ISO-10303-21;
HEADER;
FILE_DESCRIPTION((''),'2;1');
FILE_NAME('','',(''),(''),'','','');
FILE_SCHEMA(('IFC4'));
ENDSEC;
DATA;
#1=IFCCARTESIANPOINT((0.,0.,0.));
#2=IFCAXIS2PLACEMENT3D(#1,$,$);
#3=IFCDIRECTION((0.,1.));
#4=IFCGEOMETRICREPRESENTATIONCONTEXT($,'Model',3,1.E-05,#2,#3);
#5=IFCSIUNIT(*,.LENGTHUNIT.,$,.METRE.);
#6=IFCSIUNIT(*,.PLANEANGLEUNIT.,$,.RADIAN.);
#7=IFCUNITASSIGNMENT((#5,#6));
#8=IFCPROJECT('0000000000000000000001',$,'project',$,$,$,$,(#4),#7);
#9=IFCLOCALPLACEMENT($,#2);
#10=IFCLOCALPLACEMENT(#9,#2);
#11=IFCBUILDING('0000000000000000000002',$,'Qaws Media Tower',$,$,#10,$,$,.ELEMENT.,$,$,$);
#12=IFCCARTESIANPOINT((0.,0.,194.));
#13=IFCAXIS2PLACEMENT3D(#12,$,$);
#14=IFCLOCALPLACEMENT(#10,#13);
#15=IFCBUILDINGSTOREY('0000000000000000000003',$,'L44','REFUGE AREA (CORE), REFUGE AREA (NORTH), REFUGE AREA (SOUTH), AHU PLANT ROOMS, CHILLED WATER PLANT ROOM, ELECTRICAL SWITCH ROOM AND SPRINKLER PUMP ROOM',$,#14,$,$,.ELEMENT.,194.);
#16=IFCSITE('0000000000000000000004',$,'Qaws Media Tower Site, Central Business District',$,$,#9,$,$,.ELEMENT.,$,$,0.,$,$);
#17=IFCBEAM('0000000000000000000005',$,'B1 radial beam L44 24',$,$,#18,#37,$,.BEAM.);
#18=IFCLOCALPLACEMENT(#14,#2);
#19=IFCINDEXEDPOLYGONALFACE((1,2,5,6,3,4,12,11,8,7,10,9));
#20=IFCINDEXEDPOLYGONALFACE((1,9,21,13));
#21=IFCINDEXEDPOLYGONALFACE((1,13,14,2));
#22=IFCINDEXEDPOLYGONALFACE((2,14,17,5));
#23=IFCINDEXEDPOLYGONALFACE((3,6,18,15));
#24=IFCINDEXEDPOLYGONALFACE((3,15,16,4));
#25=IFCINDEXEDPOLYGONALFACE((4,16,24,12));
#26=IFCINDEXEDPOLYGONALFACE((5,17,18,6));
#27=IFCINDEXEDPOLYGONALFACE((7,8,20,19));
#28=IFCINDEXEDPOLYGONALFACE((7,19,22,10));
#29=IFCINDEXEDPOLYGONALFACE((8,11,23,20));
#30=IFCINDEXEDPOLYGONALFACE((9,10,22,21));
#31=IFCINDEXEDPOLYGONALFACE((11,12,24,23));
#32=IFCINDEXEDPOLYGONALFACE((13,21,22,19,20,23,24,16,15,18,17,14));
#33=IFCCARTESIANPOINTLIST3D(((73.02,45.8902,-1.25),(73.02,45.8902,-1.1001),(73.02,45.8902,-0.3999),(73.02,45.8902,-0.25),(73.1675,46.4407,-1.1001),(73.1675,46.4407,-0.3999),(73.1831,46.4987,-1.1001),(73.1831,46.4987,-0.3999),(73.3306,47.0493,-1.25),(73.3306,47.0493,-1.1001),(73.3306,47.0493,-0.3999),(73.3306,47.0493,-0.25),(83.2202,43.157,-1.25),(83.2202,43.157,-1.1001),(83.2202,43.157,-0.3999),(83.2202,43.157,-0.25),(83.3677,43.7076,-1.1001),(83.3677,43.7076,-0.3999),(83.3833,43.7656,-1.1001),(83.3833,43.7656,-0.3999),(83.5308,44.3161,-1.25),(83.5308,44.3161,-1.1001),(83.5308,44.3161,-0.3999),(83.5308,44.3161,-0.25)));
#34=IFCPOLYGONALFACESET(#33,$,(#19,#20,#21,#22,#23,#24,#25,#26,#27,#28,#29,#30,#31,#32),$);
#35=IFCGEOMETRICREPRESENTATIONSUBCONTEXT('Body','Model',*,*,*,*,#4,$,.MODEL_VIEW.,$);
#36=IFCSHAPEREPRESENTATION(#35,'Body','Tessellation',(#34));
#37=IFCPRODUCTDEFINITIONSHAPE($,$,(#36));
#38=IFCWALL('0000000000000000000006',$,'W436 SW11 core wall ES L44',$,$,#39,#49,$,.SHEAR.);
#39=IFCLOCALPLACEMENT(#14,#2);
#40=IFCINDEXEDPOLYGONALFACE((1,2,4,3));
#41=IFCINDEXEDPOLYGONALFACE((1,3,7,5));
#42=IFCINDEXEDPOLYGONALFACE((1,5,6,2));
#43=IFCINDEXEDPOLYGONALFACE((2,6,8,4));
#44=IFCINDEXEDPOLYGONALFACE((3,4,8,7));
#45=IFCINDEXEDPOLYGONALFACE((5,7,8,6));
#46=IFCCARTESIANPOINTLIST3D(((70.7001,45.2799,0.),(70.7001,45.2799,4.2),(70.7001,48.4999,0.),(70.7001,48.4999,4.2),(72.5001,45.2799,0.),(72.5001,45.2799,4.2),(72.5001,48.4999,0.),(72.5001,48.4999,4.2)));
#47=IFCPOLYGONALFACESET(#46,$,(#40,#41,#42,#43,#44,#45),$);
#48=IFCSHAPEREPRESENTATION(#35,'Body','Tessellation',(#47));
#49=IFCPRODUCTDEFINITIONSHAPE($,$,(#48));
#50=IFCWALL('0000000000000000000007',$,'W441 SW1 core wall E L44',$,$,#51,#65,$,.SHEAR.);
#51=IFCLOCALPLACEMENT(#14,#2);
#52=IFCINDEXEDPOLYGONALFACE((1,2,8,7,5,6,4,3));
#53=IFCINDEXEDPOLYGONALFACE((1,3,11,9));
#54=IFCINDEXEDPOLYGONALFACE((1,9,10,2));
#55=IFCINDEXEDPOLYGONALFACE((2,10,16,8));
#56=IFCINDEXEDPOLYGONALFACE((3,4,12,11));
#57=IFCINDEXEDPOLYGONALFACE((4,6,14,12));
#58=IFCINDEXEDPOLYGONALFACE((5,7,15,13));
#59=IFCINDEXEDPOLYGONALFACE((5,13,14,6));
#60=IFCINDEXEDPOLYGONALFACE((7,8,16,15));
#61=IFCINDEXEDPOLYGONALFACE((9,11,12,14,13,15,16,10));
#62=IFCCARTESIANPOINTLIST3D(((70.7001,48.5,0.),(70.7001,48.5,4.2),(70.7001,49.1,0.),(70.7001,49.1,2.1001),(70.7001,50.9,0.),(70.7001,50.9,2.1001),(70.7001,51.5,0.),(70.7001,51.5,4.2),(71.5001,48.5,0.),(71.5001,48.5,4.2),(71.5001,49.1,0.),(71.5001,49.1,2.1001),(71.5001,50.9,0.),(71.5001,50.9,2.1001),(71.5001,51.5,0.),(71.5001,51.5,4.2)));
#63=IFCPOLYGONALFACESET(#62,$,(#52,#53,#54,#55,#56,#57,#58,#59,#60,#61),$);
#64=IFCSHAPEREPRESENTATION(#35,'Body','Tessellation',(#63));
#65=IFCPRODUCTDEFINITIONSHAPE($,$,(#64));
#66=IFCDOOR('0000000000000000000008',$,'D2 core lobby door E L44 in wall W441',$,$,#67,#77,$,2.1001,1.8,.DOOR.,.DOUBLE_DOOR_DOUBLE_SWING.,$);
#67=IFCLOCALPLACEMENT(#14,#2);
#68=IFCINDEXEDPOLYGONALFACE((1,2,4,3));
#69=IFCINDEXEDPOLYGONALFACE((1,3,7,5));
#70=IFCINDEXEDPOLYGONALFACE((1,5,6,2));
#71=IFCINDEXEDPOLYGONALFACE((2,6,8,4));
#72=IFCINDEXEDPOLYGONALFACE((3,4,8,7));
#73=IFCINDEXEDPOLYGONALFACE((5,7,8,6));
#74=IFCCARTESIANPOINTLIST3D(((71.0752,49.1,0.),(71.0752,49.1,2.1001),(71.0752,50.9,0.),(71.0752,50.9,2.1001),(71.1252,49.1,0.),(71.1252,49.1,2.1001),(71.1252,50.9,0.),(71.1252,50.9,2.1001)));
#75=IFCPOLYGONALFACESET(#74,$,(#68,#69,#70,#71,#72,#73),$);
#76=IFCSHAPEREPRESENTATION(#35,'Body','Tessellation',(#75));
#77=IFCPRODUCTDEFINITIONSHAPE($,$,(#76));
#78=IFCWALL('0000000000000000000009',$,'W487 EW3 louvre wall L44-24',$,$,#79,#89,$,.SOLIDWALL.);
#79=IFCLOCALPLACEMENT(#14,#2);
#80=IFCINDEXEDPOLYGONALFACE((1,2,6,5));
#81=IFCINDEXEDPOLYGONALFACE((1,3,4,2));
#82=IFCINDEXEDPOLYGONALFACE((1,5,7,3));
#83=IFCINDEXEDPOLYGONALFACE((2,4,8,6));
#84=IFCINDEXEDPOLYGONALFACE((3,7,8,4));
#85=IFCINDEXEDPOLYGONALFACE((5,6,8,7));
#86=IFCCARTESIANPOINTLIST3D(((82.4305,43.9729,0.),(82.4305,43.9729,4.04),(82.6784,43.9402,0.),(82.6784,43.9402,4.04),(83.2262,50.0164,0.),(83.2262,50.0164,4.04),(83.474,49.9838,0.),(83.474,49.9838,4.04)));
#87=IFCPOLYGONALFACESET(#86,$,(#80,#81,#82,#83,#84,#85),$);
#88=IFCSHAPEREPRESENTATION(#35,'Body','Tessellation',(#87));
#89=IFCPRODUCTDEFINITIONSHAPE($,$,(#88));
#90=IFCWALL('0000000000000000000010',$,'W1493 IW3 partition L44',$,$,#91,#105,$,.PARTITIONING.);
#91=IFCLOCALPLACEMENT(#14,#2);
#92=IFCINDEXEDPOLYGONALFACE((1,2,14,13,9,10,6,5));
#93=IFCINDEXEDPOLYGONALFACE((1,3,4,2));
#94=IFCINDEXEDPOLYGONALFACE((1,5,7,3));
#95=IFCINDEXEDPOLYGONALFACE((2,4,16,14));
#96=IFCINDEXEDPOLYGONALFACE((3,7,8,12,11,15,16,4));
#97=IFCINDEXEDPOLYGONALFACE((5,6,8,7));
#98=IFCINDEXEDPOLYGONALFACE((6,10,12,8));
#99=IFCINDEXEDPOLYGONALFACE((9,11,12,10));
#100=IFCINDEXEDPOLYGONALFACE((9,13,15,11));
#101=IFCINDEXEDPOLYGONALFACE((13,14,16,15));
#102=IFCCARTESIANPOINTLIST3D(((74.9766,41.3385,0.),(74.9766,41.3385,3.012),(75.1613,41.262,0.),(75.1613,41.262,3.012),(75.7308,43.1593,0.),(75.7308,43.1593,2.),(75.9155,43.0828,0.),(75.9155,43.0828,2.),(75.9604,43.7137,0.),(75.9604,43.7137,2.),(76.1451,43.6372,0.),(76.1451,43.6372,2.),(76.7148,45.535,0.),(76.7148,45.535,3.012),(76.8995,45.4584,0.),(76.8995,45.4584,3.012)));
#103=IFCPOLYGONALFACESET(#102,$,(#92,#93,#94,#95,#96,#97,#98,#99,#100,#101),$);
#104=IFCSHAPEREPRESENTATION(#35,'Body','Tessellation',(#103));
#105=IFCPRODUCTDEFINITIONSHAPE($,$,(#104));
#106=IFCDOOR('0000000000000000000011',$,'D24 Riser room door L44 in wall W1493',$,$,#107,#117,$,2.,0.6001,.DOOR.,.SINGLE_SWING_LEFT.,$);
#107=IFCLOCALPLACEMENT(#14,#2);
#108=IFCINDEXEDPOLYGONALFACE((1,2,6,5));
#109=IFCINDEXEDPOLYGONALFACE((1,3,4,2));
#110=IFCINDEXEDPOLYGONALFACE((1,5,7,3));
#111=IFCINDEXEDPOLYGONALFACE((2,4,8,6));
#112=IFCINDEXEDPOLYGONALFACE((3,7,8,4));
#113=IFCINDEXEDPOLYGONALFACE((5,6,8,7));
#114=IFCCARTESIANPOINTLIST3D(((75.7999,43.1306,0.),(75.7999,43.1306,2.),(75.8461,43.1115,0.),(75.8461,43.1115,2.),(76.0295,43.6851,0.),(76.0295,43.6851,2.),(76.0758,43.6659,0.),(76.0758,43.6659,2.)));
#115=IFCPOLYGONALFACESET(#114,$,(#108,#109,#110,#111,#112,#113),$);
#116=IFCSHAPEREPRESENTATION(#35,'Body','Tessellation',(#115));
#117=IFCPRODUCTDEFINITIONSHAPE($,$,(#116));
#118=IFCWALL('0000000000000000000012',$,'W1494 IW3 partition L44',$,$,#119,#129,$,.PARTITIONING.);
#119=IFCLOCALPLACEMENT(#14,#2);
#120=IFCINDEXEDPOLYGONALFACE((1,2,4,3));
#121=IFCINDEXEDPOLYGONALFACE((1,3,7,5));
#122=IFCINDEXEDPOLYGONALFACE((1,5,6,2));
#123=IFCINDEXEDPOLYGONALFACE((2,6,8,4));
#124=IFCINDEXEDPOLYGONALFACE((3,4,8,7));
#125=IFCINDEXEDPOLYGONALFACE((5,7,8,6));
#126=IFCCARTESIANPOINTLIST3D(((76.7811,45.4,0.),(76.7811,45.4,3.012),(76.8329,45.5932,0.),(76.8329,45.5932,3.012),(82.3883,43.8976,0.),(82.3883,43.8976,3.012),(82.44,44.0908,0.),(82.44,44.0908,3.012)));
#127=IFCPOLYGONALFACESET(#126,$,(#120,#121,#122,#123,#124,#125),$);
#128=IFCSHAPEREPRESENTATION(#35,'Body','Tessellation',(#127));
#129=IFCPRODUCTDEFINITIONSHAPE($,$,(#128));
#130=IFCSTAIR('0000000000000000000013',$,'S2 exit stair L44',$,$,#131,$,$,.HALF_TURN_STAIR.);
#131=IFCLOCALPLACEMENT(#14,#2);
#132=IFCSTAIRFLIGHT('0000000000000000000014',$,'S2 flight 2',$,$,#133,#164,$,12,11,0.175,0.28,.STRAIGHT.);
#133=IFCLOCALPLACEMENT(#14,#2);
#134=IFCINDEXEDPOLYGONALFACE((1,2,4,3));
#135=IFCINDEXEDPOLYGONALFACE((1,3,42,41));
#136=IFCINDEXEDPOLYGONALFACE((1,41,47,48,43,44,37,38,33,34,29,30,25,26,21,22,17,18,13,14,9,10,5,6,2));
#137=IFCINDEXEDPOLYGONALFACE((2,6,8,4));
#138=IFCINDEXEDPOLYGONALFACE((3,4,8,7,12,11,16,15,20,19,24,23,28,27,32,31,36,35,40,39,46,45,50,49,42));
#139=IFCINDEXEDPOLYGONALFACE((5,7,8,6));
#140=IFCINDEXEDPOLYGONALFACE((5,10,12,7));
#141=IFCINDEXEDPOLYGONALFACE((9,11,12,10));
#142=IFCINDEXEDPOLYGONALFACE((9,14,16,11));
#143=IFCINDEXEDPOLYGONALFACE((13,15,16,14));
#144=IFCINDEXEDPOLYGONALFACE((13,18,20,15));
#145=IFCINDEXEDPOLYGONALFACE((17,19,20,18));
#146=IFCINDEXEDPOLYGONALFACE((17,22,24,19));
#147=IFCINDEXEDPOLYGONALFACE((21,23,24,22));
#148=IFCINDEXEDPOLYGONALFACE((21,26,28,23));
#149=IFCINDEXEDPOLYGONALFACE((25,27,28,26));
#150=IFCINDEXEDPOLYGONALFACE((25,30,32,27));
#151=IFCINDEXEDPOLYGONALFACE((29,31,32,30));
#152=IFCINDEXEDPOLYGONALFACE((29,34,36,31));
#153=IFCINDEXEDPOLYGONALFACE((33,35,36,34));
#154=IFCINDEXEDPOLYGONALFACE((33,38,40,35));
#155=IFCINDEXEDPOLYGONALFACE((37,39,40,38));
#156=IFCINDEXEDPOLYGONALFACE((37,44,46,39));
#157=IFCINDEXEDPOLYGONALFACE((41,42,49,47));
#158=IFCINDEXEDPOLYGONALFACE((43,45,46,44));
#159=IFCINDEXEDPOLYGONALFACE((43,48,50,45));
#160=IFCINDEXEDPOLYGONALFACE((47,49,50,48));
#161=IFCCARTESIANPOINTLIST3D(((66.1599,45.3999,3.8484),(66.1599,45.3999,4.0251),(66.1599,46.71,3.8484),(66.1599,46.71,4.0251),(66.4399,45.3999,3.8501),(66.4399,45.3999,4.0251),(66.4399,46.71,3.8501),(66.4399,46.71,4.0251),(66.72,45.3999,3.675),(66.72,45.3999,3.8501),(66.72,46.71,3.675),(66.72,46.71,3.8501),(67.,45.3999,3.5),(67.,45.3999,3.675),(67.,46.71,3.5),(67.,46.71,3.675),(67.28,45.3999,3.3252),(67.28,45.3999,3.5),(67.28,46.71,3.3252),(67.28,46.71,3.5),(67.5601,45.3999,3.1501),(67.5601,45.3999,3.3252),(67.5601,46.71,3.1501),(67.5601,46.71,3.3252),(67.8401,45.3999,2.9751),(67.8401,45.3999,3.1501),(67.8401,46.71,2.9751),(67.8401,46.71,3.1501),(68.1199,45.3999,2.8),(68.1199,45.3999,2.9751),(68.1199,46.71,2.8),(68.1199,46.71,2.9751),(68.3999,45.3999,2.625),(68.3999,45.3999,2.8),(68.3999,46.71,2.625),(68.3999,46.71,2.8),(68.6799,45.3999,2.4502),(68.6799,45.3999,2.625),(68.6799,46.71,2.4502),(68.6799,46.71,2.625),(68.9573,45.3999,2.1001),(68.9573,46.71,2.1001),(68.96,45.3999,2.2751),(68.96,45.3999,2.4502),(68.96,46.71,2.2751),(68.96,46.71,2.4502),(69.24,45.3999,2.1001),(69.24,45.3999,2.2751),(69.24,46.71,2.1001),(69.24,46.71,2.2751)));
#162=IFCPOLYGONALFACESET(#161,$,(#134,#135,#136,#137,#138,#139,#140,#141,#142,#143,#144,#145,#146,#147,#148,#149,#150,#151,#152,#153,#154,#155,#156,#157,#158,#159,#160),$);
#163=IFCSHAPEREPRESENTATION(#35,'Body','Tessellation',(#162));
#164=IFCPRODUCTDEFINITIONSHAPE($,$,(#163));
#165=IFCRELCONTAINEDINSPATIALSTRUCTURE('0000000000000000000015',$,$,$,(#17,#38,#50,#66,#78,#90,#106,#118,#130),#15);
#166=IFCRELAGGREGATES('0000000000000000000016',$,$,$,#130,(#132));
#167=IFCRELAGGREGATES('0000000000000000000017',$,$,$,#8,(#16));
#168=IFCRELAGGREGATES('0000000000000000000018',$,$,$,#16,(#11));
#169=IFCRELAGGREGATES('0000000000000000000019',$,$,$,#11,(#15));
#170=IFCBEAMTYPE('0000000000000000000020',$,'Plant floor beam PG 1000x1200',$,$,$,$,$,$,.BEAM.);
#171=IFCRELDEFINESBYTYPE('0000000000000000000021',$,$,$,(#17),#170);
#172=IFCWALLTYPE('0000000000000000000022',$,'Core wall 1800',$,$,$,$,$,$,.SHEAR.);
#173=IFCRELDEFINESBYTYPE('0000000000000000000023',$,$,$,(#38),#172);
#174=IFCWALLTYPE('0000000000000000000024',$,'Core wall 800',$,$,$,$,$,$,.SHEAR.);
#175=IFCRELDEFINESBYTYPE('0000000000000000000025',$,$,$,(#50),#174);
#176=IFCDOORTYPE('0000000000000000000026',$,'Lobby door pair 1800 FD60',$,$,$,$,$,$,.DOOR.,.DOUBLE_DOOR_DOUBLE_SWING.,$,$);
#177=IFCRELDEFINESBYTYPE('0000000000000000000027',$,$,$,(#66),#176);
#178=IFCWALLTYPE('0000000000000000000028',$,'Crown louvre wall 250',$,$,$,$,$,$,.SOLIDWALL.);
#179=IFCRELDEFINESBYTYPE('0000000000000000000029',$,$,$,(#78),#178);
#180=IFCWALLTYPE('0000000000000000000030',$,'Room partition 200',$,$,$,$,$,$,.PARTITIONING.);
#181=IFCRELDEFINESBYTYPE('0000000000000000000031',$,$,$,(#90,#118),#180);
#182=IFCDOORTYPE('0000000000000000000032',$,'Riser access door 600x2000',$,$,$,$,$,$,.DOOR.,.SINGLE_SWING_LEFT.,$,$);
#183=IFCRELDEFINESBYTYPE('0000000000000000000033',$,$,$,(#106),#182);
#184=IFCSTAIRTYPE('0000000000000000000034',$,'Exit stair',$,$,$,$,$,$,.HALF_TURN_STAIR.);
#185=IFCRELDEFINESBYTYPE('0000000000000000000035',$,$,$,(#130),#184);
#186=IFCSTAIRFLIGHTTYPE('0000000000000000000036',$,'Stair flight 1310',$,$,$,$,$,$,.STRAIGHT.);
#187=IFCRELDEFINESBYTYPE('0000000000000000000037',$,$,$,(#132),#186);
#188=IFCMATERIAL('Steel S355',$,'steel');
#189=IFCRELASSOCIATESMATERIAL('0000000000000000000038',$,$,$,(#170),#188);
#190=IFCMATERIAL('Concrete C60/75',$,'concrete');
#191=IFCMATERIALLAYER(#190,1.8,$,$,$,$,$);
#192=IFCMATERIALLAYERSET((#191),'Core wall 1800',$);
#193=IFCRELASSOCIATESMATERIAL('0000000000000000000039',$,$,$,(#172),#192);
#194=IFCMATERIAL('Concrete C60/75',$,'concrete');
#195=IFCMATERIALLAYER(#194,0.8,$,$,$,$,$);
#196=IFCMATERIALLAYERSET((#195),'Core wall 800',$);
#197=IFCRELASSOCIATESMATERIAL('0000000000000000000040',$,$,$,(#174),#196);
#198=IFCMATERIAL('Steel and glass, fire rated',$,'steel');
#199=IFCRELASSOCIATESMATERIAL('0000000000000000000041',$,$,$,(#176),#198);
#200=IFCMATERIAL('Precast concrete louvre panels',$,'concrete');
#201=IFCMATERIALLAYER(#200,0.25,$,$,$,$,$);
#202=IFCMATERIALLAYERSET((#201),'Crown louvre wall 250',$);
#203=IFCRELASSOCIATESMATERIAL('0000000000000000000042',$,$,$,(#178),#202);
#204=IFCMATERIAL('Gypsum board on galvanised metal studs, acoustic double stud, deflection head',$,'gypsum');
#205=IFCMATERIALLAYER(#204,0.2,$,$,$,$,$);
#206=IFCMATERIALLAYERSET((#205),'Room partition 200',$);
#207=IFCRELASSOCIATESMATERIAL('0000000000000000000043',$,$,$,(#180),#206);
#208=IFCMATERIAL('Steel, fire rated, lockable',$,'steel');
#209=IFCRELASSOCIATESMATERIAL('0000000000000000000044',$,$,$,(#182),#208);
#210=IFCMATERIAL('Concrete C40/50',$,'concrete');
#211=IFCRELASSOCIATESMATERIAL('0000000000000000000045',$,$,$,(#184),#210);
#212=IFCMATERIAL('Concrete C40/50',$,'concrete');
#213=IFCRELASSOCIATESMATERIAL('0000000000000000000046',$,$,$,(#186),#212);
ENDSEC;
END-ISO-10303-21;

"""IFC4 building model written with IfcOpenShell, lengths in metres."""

from ifc_helpers import new_model, si_unit, direction, frame, frame_2d, origin, origin_2d, place, context, subcontext, project, spatial, polyline, rectangle, i_section, outline, extrude, material, layer, layer_set, material_profile, profile_set, type_object, element, fill, aggregate, save


model = new_model("IFC4")

# Units and contexts
model_context = context("Model", 3, precision=1e-05, world=origin(), true_north=direction((0.0, 1.0)))
body_context = subcontext(model_context, "Body", "Model", "MODEL_VIEW")
ifc_project = project(units=[si_unit("LENGTHUNIT", "METRE"), si_unit("PLANEANGLEUNIT", "RADIAN")], contexts=[model_context])

# Site, building, storey
site_placement = place(None, origin())
site = spatial("IfcSite", under=ifc_project, at=site_placement, Name="Qaws Media Tower Site, Central Business District", CompositionType="ELEMENT", RefElevation=0.0)
building_placement = place(site_placement, origin())
building = spatial("IfcBuilding", under=site, at=building_placement, Name="Qaws Media Tower", CompositionType="ELEMENT")
storey_placement = place(building_placement, frame((0.0, 0.0, 194.0)))
storey = spatial("IfcBuildingStorey", under=building, at=storey_placement, Name="L44", Description="REFUGE AREA (CORE), REFUGE AREA (NORTH), REFUGE AREA (SOUTH), AHU PLANT ROOMS, CHILLED WATER PLANT ROOM, ELECTRICAL SWITCH ROOM AND SPRINKLER PUMP ROOM", CompositionType="ELEMENT", Elevation=194.0)

# Beam
ifc_material_1 = material(Name="Steel S355", Category="steel")
ifc_material_profile_1 = material_profile(ifc_material_1, i_section(OverallWidth=1.2, OverallDepth=1.0, WebThickness=0.0601, FlangeThickness=0.1499, at=origin_2d()), Name="PG 1000x1200")
ifc_profile_set_1 = profile_set([ifc_material_profile_1], Name="Steel S355")
beam_type_1 = type_object("IfcBeamType", Name="Plant floor beam PG 1000x1200", PredefinedType="BEAM", material=ifc_profile_set_1)
beam_1_placement = place(storey_placement, frame((73.1753, 46.4697, -0.75), z_axis=(0.965925, -0.258821, 0.0), x_axis=(0.258821, 0.965925, 0.0)))
element("IfcBeam", 1, at=beam_1_placement, inside=storey, type_object=beam_type_1, Name="B1 radial beam L44 24", PredefinedType="BEAM", context=body_context, shape_type="SweptSolid", body=[
    extrude(i_section(OverallWidth=1.2, OverallDepth=1.0, WebThickness=0.0601, FlangeThickness=0.1499, at=origin_2d()), origin(), (0.0, 0.0, 1.0), 10.5601),
])

# Wall
ifc_material_2 = material(Name="Concrete C60/75", Category="concrete")
ifc_layer_1 = layer(ifc_material_2, 1.8)
ifc_layer_set_1 = layer_set([ifc_layer_1], Name="Core wall 1800")
wall_type_1 = type_object("IfcWallType", Name="Core wall 1800", PredefinedType="SHEAR", material=ifc_layer_set_1)
wall_1_placement = place(storey_placement, frame((71.6001, 45.28, 0.0), z_axis=(0.0, 0.0, 1.0), x_axis=(0.0, 1.0, 0.0)))
element("IfcWall", 2, at=wall_1_placement, inside=storey, type_object=wall_type_1, Name="W436 SW11 core wall ES L44", PredefinedType="SHEAR", context=body_context, shape_type="SweptSolid", body=[
    extrude(rectangle(XDim=3.22, YDim=1.8, at=frame_2d((1.6099, 0.0))), origin(), (0.0, 0.0, 1.0), 4.2),
])

# Wall, opening, door
ifc_material_3 = material(Name="Concrete C60/75", Category="concrete")
ifc_layer_2 = layer(ifc_material_3, 0.8)
ifc_layer_set_2 = layer_set([ifc_layer_2], Name="Core wall 800")
wall_type_2 = type_object("IfcWallType", Name="Core wall 800", PredefinedType="SHEAR", material=ifc_layer_set_2)
wall_2_placement = place(storey_placement, frame((71.1001, 48.5, 0.0), z_axis=(0.0, 0.0, 1.0), x_axis=(0.0, 1.0, 0.0)))
wall_2 = element("IfcWall", 3, at=wall_2_placement, inside=storey, type_object=wall_type_2, Name="W441 SW1 core wall E L44", PredefinedType="SHEAR", context=body_context, shape_type="SweptSolid", body=[
    extrude(rectangle(XDim=3.0, YDim=0.8, at=frame_2d((1.5, 0.0))), origin(), (0.0, 0.0, 1.0), 4.2),
])
opening_1_placement = place(wall_2_placement, frame((0.6001, 0.0, 0.0)))
opening_1 = element("IfcOpeningElement", 4, at=opening_1_placement, cuts=wall_2, PredefinedType="OPENING", context=body_context, shape_type="SweptSolid", body=[
    extrude(rectangle(XDim=1.8, YDim=2.1001, at=frame_2d((0.8999, 1.05))), frame((0.0, 0.4099, 0.0), z_axis=(0.0, -1.0, 0.0), x_axis=(1.0, 0.0, 0.0)), (0.0, 0.0, 1.0), 0.8201),
])
ifc_material_4 = material(Name="Steel and glass, fire rated", Category="steel")
door_type_1 = type_object("IfcDoorType", Name="Lobby door pair 1800 FD60", OperationType="DOUBLE_DOOR_DOUBLE_SWING", PredefinedType="DOOR", material=ifc_material_4)
door_1_placement = place(opening_1_placement, origin())
door_1 = element("IfcDoor", 5, at=door_1_placement, inside=storey, type_object=door_type_1, Name="D2 core lobby door E L44 in wall W441", OperationType="DOUBLE_DOOR_DOUBLE_SWING", OverallHeight=2.1001, OverallWidth=1.8, PredefinedType="DOOR", context=body_context, shape_type="SweptSolid", body=[
    extrude(rectangle(XDim=1.8, YDim=2.1001, at=frame_2d((0.8999, 1.05))), frame((0.0, 0.0249, 0.0), z_axis=(0.0, -1.0, 0.0), x_axis=(1.0, 0.0, 0.0)), (0.0, 0.0, 1.0), 0.05),
])
fill(opening_1, door_1)

# Wall
ifc_material_5 = material(Name="Precast concrete louvre panels", Category="concrete")
ifc_layer_3 = layer(ifc_material_5, 0.25)
ifc_layer_set_3 = layer_set([ifc_layer_3], Name="Crown louvre wall 250")
wall_type_3 = type_object("IfcWallType", Name="Crown louvre wall 250", PredefinedType="SOLIDWALL", material=ifc_layer_set_3)
wall_3_placement = place(storey_placement, frame((82.5544, 43.9565, 0.0), z_axis=(0.0, 0.0, 1.0), x_axis=(0.130529, 0.991444, 0.0)))
element("IfcWall", 6, at=wall_3_placement, inside=storey, type_object=wall_type_3, Name="W487 EW3 louvre wall L44-24", PredefinedType="SOLIDWALL", context=body_context, shape_type="SweptSolid", body=[
    extrude(rectangle(XDim=6.0957, YDim=0.25, at=frame_2d((3.0479, 0.0))), origin(), (0.0, 0.0, 1.0), 4.04),
])

# Wall, opening, door
ifc_material_6 = material(Name="Gypsum board on galvanised metal studs, acoustic double stud, deflection head", Category="gypsum")
ifc_layer_4 = layer(ifc_material_6, 0.2)
ifc_layer_set_4 = layer_set([ifc_layer_4], Name="Room partition 200")
wall_type_4 = type_object("IfcWallType", Name="Room partition 200", PredefinedType="PARTITIONING", material=ifc_layer_set_4)
wall_4_placement = place(storey_placement, frame((76.8071, 45.4966, 0.0), z_axis=(0.0, 0.0, 1.0), x_axis=(-0.382687, -0.923878, 0.0)))
wall_4 = element("IfcWall", 7, at=wall_4_placement, inside=storey, type_object=wall_type_4, Name="W1493 IW3 partition L44", PredefinedType="PARTITIONING", context=body_context, shape_type="SweptSolid", body=[
    extrude(rectangle(XDim=4.5422, YDim=0.2, at=frame_2d((2.271, 0.0))), origin(), (0.0, 0.0, 1.0), 3.012),
])
opening_2_placement = place(wall_4_placement, frame((1.9712, 0.0, 0.0)))
opening_2 = element("IfcOpeningElement", 8, at=opening_2_placement, cuts=wall_4, PredefinedType="OPENING", context=body_context, shape_type="SweptSolid", body=[
    extrude(rectangle(XDim=0.6001, YDim=2.0, at=frame_2d((0.3, 1.0))), frame((0.0, 0.1099, 0.0), z_axis=(0.0, -1.0, 0.0), x_axis=(1.0, 0.0, 0.0)), (0.0, 0.0, 1.0), 0.22),
])
ifc_material_7 = material(Name="Steel, fire rated, lockable", Category="steel")
door_type_2 = type_object("IfcDoorType", Name="Riser access door 600x2000", OperationType="SINGLE_SWING_LEFT", PredefinedType="DOOR", material=ifc_material_7)
door_2_placement = place(opening_2_placement, origin())
door_2 = element("IfcDoor", 9, at=door_2_placement, inside=storey, type_object=door_type_2, Name="D24 Riser room door L44 in wall W1493", OperationType="SINGLE_SWING_LEFT", OverallHeight=2.0, OverallWidth=0.6001, PredefinedType="DOOR", context=body_context, shape_type="SweptSolid", body=[
    extrude(rectangle(XDim=0.6001, YDim=2.0, at=frame_2d((0.3, 1.0))), frame((0.0, 0.0249, 0.0), z_axis=(0.0, -1.0, 0.0), x_axis=(1.0, 0.0, 0.0)), (0.0, 0.0, 1.0), 0.05),
])
fill(opening_2, door_2)

# Wall
wall_5_placement = place(storey_placement, frame((76.8071, 45.4966, 0.0), z_axis=(0.0, 0.0, 1.0), x_axis=(0.965926, -0.258819, 0.0)))
element("IfcWall", 10, at=wall_5_placement, inside=storey, type_object=wall_type_4, Name="W1494 IW3 partition L44", PredefinedType="PARTITIONING", context=body_context, shape_type="SweptSolid", body=[
    extrude(rectangle(XDim=5.8049, YDim=0.2, at=frame_2d((2.9023, 0.0))), origin(), (0.0, 0.0, 1.0), 3.012),
])

# Stair, stair flight
ifc_material_8 = material(Name="Concrete C40/50", Category="concrete")
stair_type = type_object("IfcStairType", Name="Exit stair", PredefinedType="HALF_TURN_STAIR", material=ifc_material_8)
stair_placement = place(storey_placement, origin())
stair = element("IfcStair", 11, at=stair_placement, inside=storey, type_object=stair_type, Name="S2 exit stair L44", PredefinedType="HALF_TURN_STAIR")
ifc_material_9 = material(Name="Concrete C40/50", Category="concrete")
stair_flight_type = type_object("IfcStairFlightType", Name="Stair flight 1310", PredefinedType="STRAIGHT", material=ifc_material_9)
stair_flight_placement = place(storey_placement, frame((69.24, 46.0549, 2.1001), z_axis=(0.0, 0.0, 1.0), x_axis=(-1.0, 0.0, 0.0)))
stair_flight = element("IfcStairFlight", 12, at=stair_flight_placement, type_object=stair_flight_type, Name="S2 flight 2", NumberOfRisers=12, NumberOfTreads=11, PredefinedType="STRAIGHT", RiserHeight=0.175, TreadLength=0.28, context=body_context, shape_type="SweptSolid", body=[
    extrude(outline(polyline([(0.0, 0.0), (0.0, 0.175), (0.28, 0.175), (0.28, 0.3501), (0.5601, 0.3501), (0.5601, 0.5249), (0.8401, 0.5249), (0.8401, 0.7), (1.1201, 0.7), (1.1201, 0.875), (1.3999, 0.875), (1.3999, 1.05), (1.6799, 1.05), (1.6799, 1.2251), (1.96, 1.2251), (1.96, 1.3999), (2.24, 1.3999), (2.24, 1.575), (2.52, 1.575), (2.52, 1.75), (2.8, 1.75), (2.8, 1.925), (3.0801, 1.925), (3.0801, 2.1001), (3.0801, 1.7483), (0.2827, 0.0), (0.0, 0.0)])), frame((0.0, 0.655, 0.0), z_axis=(0.0, -1.0, 0.0), x_axis=(1.0, 0.0, 0.0)), (0.0, 0.0, 1.0), 1.3101),
])
aggregate(stair, [stair_flight])

save(model, "model.ifc")
